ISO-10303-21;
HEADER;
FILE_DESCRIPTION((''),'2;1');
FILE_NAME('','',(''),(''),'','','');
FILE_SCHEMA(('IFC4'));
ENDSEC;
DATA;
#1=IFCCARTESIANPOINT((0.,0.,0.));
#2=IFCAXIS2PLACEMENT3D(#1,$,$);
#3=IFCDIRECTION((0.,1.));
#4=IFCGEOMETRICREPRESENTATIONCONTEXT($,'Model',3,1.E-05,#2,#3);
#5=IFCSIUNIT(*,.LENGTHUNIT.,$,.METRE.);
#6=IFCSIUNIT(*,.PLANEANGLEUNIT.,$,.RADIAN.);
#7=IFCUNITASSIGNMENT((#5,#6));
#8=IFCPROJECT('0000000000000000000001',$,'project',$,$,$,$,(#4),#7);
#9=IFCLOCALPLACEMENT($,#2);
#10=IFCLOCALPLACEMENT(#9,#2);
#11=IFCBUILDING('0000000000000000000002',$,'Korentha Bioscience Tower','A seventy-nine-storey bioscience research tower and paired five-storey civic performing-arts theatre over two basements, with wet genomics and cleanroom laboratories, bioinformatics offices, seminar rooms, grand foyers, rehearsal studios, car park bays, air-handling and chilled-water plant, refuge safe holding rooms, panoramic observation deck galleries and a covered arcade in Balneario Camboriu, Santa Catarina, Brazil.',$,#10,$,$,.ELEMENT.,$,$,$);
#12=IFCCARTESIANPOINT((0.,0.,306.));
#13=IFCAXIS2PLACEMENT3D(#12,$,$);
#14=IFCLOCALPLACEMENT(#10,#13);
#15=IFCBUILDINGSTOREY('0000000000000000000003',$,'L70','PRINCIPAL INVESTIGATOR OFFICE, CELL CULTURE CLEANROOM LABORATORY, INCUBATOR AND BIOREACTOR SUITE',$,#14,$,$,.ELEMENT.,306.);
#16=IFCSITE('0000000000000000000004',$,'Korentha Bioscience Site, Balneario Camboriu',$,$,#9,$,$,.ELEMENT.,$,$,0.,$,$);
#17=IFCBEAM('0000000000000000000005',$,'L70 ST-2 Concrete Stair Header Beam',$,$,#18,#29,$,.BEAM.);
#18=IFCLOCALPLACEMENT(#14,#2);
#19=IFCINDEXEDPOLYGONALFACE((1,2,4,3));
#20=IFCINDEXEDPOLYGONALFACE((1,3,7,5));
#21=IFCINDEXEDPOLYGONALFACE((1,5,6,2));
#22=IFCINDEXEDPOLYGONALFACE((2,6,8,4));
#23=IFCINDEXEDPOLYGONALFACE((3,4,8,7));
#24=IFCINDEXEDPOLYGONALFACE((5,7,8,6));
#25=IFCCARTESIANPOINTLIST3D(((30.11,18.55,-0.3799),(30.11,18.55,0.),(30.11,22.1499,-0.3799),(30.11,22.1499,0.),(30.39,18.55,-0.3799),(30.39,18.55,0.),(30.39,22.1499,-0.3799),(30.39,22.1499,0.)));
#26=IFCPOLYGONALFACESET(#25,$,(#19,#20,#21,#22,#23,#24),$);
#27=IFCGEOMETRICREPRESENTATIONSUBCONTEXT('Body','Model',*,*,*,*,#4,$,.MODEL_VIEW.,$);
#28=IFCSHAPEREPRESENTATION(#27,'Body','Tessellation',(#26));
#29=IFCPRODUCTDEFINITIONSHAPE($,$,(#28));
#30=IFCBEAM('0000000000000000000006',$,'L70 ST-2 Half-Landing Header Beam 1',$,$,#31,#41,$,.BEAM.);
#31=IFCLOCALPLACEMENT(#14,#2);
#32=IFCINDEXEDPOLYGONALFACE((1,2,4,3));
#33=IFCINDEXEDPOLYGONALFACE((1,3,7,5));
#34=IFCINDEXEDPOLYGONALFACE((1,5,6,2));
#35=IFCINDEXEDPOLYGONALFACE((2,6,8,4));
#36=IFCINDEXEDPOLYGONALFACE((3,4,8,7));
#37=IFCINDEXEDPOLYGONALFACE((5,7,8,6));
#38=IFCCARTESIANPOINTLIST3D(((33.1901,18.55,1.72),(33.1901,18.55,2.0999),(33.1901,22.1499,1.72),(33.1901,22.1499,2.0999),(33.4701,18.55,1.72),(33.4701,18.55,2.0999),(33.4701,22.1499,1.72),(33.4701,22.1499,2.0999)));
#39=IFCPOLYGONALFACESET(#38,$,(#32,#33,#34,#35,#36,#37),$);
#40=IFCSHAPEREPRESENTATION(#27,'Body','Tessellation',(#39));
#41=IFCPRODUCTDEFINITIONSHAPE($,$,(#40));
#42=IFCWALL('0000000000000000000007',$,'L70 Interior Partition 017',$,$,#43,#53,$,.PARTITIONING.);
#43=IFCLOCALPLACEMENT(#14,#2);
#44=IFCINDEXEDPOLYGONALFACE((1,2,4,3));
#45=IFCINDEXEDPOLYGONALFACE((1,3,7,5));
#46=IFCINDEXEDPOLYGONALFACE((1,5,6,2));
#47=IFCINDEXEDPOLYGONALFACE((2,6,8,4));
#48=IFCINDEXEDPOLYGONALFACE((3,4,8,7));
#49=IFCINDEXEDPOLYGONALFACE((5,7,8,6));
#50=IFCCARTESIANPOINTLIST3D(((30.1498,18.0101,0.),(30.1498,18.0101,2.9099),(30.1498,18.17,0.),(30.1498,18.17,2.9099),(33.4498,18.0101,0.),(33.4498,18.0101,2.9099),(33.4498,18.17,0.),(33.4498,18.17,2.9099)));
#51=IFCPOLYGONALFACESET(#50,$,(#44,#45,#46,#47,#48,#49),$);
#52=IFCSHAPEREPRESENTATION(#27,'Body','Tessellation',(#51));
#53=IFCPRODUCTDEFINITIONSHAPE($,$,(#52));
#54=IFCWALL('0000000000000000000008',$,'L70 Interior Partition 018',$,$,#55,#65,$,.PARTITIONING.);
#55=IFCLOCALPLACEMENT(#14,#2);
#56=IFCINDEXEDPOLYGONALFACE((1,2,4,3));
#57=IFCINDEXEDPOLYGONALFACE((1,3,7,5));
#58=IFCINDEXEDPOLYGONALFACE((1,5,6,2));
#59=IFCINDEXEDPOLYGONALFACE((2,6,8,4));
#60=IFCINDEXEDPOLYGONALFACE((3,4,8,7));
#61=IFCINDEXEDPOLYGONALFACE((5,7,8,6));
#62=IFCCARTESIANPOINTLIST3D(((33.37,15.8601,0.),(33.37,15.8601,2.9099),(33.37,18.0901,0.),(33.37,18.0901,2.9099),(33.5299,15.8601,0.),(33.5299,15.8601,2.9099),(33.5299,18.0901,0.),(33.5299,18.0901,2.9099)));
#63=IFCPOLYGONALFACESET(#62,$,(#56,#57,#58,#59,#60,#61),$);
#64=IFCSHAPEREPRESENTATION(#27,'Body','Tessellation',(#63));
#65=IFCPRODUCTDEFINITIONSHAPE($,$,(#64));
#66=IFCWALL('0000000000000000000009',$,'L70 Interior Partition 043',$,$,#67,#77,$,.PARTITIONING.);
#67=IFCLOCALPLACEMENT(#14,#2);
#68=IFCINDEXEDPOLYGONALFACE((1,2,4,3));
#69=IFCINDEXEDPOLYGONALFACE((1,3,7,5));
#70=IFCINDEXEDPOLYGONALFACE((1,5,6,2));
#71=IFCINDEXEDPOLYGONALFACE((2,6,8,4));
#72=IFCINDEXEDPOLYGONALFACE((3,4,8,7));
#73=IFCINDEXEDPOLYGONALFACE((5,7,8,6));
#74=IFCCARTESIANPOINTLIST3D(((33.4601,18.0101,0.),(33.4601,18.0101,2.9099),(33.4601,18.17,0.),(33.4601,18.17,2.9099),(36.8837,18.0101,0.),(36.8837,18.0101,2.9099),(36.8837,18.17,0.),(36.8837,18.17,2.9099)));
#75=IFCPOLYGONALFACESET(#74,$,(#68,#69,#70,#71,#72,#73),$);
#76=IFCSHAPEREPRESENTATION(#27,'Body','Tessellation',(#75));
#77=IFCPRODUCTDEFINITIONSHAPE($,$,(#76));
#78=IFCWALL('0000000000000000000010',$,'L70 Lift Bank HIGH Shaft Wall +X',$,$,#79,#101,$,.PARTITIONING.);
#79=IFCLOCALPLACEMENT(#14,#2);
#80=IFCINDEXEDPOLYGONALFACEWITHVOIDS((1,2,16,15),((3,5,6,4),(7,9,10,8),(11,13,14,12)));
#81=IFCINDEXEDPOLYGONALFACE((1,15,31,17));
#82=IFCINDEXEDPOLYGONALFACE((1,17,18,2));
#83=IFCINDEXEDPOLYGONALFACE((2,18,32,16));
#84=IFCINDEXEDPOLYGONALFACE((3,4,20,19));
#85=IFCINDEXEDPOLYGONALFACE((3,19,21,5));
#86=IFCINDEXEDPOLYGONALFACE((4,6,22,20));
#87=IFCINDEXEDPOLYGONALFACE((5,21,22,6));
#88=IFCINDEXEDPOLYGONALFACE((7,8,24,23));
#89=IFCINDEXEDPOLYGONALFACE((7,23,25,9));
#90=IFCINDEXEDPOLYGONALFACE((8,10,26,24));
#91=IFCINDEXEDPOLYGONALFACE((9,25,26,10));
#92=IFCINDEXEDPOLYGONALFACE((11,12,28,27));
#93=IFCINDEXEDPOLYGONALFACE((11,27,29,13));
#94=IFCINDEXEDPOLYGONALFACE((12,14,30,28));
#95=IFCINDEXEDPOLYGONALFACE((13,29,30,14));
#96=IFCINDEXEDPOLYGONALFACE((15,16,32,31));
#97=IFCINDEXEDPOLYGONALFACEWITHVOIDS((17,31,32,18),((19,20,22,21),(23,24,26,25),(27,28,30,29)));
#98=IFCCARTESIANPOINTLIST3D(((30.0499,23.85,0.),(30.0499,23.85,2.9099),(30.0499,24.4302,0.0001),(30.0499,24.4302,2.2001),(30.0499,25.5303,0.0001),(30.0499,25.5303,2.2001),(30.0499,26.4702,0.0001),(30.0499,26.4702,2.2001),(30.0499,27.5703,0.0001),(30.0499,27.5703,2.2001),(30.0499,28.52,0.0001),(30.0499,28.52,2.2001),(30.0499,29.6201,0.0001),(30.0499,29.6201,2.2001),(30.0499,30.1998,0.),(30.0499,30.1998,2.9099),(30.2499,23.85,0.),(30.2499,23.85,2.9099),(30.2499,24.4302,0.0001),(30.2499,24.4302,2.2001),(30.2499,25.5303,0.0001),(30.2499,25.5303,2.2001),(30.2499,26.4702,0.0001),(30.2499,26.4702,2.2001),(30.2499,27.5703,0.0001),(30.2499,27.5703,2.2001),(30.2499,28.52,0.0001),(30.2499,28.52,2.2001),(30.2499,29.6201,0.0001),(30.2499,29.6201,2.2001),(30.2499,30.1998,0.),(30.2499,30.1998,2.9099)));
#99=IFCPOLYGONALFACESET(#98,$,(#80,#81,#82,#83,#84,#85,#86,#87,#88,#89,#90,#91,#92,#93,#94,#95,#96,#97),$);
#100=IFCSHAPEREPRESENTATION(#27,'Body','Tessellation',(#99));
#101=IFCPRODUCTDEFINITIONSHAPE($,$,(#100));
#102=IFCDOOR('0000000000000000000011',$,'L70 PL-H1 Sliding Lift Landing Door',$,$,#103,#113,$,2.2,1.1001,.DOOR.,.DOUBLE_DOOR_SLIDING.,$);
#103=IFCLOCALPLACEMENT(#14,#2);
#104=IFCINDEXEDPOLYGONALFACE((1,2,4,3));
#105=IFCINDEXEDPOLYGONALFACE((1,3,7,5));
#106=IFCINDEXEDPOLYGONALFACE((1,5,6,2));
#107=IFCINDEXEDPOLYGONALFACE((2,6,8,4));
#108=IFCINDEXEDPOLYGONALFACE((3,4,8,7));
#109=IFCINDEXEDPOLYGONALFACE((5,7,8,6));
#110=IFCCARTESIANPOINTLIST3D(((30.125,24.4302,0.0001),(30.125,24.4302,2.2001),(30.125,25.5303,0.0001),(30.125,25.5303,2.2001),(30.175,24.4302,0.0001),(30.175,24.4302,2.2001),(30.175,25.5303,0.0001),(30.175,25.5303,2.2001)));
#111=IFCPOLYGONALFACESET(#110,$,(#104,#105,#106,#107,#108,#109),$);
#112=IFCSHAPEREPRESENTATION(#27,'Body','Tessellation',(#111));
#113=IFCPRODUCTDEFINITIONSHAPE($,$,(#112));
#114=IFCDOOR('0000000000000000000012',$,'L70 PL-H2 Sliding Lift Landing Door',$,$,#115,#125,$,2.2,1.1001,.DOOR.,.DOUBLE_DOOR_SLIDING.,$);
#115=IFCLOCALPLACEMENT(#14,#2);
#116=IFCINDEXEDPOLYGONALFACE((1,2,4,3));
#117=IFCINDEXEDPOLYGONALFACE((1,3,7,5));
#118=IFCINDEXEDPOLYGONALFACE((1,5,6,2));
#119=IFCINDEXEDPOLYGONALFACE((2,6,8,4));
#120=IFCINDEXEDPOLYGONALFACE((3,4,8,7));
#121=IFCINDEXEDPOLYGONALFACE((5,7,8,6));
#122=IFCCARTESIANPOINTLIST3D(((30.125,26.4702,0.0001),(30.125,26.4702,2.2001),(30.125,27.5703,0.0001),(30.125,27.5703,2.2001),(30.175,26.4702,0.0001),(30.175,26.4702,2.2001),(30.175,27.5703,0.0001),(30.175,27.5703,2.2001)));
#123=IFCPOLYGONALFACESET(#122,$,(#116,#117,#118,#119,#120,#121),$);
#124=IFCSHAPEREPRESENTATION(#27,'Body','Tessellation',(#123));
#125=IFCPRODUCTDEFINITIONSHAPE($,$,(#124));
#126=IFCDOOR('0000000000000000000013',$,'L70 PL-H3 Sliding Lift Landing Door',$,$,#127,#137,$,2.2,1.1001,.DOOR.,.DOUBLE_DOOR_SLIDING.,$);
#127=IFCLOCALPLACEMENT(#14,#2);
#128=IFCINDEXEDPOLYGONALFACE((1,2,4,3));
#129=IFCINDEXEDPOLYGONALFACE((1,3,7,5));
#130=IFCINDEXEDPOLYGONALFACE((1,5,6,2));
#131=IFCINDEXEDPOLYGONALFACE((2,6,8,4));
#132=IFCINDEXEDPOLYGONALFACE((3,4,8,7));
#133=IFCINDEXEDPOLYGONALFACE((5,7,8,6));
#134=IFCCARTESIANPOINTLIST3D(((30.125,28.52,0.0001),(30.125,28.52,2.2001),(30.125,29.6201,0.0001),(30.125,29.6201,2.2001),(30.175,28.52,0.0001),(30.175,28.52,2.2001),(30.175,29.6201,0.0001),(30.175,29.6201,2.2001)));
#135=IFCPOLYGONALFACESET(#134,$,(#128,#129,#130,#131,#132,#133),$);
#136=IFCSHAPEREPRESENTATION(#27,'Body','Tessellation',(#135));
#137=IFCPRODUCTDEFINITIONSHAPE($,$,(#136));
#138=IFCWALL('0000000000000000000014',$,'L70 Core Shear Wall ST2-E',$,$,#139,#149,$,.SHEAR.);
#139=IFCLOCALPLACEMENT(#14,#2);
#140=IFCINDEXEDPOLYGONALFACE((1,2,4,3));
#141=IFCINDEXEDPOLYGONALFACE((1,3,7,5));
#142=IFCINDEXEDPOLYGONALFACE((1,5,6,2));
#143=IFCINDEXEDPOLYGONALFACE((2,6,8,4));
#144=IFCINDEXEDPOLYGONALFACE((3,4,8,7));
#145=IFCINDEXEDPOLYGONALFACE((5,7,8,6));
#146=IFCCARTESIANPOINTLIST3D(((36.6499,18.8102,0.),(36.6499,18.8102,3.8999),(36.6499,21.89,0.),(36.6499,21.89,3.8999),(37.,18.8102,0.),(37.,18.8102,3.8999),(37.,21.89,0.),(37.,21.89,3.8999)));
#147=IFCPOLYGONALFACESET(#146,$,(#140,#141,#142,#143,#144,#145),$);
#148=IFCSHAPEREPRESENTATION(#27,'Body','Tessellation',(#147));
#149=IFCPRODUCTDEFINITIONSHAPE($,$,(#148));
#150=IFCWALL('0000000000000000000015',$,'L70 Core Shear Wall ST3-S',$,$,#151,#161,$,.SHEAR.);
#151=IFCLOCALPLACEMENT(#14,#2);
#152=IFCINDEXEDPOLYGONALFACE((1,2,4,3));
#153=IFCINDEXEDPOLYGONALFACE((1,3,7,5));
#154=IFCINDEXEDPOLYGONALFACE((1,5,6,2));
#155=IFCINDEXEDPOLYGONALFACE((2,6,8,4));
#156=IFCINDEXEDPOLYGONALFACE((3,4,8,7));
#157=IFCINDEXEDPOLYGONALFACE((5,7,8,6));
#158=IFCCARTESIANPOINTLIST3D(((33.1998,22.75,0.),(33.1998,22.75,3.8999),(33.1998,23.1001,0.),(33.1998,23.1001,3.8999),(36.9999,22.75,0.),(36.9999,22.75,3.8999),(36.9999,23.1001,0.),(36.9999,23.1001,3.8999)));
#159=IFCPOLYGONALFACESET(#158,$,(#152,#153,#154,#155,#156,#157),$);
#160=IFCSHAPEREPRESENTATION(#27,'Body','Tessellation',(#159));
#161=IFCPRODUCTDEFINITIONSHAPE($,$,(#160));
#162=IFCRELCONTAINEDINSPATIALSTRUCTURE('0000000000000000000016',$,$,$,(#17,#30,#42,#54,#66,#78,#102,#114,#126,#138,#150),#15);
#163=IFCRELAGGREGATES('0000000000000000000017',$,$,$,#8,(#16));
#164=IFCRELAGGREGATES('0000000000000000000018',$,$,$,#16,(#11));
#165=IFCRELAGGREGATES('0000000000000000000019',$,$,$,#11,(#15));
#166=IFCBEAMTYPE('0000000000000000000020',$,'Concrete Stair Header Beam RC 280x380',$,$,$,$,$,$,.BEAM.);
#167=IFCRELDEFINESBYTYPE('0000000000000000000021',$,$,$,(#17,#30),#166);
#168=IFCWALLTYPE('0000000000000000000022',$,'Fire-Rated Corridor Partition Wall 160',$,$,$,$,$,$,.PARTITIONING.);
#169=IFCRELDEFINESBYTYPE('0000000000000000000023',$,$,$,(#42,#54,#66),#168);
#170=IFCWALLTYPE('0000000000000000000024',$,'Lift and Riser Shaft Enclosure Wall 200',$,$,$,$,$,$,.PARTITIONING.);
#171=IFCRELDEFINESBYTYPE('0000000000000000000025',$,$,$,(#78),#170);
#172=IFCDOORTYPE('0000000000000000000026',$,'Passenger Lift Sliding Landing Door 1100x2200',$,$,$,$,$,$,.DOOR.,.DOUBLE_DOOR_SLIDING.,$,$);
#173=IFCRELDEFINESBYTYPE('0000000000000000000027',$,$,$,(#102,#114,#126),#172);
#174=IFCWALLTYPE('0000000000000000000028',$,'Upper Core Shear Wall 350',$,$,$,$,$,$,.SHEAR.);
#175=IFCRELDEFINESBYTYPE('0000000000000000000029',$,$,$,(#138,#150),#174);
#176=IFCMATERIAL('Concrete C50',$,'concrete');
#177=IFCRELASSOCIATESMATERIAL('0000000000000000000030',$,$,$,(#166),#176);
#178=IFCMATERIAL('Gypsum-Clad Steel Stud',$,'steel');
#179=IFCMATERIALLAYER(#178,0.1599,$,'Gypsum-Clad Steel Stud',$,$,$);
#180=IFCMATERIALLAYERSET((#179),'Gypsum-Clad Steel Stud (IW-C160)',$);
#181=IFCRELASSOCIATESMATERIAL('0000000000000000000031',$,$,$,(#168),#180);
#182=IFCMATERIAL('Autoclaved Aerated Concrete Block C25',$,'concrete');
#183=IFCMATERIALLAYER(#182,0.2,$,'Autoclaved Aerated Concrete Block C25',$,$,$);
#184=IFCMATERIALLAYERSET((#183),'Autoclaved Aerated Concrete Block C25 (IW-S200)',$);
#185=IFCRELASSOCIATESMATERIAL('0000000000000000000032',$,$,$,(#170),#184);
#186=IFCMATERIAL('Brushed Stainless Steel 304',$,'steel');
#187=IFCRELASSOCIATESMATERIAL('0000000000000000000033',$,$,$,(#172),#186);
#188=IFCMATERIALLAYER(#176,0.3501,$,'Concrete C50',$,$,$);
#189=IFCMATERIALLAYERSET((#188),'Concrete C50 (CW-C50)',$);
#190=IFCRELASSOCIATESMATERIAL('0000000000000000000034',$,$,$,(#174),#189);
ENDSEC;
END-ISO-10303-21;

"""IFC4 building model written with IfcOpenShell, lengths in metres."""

from ifc_helpers import new_model, si_unit, direction, frame, frame_2d, origin, origin_2d, place, context, subcontext, project, spatial, rectangle, extrude, material, layer, layer_set, material_profile, profile_set, type_object, element, fill, save


model = new_model("IFC4")

# Units and contexts
model_context = context("Model", 3, precision=1e-05, world=origin(), true_north=direction((0.0, 1.0)))
body_context = subcontext(model_context, "Body", "Model", "MODEL_VIEW")
ifc_project = project(units=[si_unit("LENGTHUNIT", "METRE"), si_unit("PLANEANGLEUNIT", "RADIAN")], contexts=[model_context])

# Site, building, storey
site_placement = place(None, origin())
site = spatial("IfcSite", under=ifc_project, at=site_placement, Name="Korentha Bioscience Site, Balneario Camboriu", CompositionType="ELEMENT", RefElevation=0.0)
building_placement = place(site_placement, origin())
building = spatial("IfcBuilding", under=site, at=building_placement, Name="Korentha Bioscience Tower", Description="A seventy-nine-storey bioscience research tower and paired five-storey civic performing-arts theatre over two basements, with wet genomics and cleanroom laboratories, bioinformatics offices, seminar rooms, grand foyers, rehearsal studios, car park bays, air-handling and chilled-water plant, refuge safe holding rooms, panoramic observation deck galleries and a covered arcade in Balneario Camboriu, Santa Catarina, Brazil.", CompositionType="ELEMENT")
storey_placement = place(building_placement, frame((0.0, 0.0, 306.0)))
storey = spatial("IfcBuildingStorey", under=building, at=storey_placement, Name="L70", Description="PRINCIPAL INVESTIGATOR OFFICE, CELL CULTURE CLEANROOM LABORATORY, INCUBATOR AND BIOREACTOR SUITE", CompositionType="ELEMENT", Elevation=306.0)

# Beams
ifc_material_1 = material(Name="Concrete C50", Category="concrete")
ifc_material_profile = material_profile(ifc_material_1, rectangle(XDim=0.28, YDim=0.3799, at=origin_2d()), Name="Concrete C50")
ifc_profile_set = profile_set([ifc_material_profile], Name="Concrete C50 (ST-HB380)")
beam_type = type_object("IfcBeamType", Name="Concrete Stair Header Beam RC 280x380", PredefinedType="BEAM", material=ifc_profile_set)
for number, where, z_axis, x_axis, name in (
    (1, (30.25, 18.55, -0.1899), (0.0, 1.0, 0.0), (-1.0, 0.0, 0.0), "L70 ST-2 Concrete Stair Header Beam"),
    (2, (33.3301, 18.55, 1.9099), (0.0, 1.0, 0.0), (-1.0, 0.0, 0.0), "L70 ST-2 Half-Landing Header Beam 1"),
):
    element("IfcBeam", number, at=place(storey_placement, frame(where, z_axis=z_axis, x_axis=x_axis)), inside=storey, type_object=beam_type, Name=name, PredefinedType="BEAM", context=body_context, shape_type="SweptSolid", body=[
        extrude(rectangle(XDim=0.28, YDim=0.3799, at=origin_2d()), origin(), (0.0, 0.0, 1.0), 3.5999),
    ])

# Walls
ifc_material_2 = material(Name="Gypsum-Clad Steel Stud", Category="steel")
ifc_layer_1 = layer(ifc_material_2, 0.1599, Name="Gypsum-Clad Steel Stud")
ifc_layer_set_1 = layer_set([ifc_layer_1], Name="Gypsum-Clad Steel Stud (IW-C160)")
wall_type_1 = type_object("IfcWallType", Name="Fire-Rated Corridor Partition Wall 160", PredefinedType="PARTITIONING", material=ifc_layer_set_1)
wall_1_placement = place(storey_placement, frame((30.1499, 18.0901, 0.0), z_axis=(0.0, 0.0, 1.0), x_axis=(1.0, 0.0, 0.0)))
element("IfcWall", 3, at=wall_1_placement, inside=storey, type_object=wall_type_1, Name="L70 Interior Partition 017", PredefinedType="PARTITIONING", context=body_context, shape_type="SweptSolid", body=[
    extrude(rectangle(XDim=3.3, YDim=0.1599, at=frame_2d((1.6499, 0.0))), origin(), (0.0, 0.0, 1.0), 2.9099),
])
wall_2_placement = place(storey_placement, frame((33.45, 18.0901, 0.0), z_axis=(0.0, 0.0, 1.0), x_axis=(0.0, -1.0, 0.0)))
element("IfcWall", 4, at=wall_2_placement, inside=storey, type_object=wall_type_1, Name="L70 Interior Partition 018", PredefinedType="PARTITIONING", context=body_context, shape_type="SweptSolid", body=[
    extrude(rectangle(XDim=2.23, YDim=0.1599, at=frame_2d((1.115, 0.0))), origin(), (0.0, 0.0, 1.0), 2.9099),
])
wall_3_placement = place(storey_placement, frame((33.46, 18.0901, 0.0), z_axis=(0.0, 0.0, 1.0), x_axis=(1.0, 0.0, 0.0)))
element("IfcWall", 5, at=wall_3_placement, inside=storey, type_object=wall_type_1, Name="L70 Interior Partition 043", PredefinedType="PARTITIONING", context=body_context, shape_type="SweptSolid", body=[
    extrude(rectangle(XDim=3.4236, YDim=0.1599, at=frame_2d((1.7119, 0.0))), origin(), (0.0, 0.0, 1.0), 2.9099),
])

# Wall, openings, doors
ifc_material_3 = material(Name="Autoclaved Aerated Concrete Block C25", Category="concrete")
ifc_layer_2 = layer(ifc_material_3, 0.2, Name="Autoclaved Aerated Concrete Block C25")
ifc_layer_set_2 = layer_set([ifc_layer_2], Name="Autoclaved Aerated Concrete Block C25 (IW-S200)")
wall_type_2 = type_object("IfcWallType", Name="Lift and Riser Shaft Enclosure Wall 200", PredefinedType="PARTITIONING", material=ifc_layer_set_2)
wall_4_placement = place(storey_placement, frame((30.1499, 23.8501, 0.0), z_axis=(0.0, 0.0, 1.0), x_axis=(0.0, 1.0, 0.0)))
wall_4 = element("IfcWall", 6, at=wall_4_placement, inside=storey, type_object=wall_type_2, Name="L70 Lift Bank HIGH Shaft Wall +X", PredefinedType="PARTITIONING", context=body_context, shape_type="SweptSolid", body=[
    extrude(rectangle(XDim=6.3499, YDim=0.2, at=frame_2d((3.1748, 0.0))), origin(), (0.0, 0.0, 1.0), 2.9099),
])
opening_1_placement = place(wall_4_placement, frame((0.5801, 0.0, 0.0)))
opening_1 = element("IfcOpeningElement", 7, at=opening_1_placement, cuts=wall_4, PredefinedType="OPENING", context=body_context, shape_type="SweptSolid", body=[
    extrude(rectangle(XDim=1.1001, YDim=2.2, at=frame_2d((0.55, 1.1001))), frame((0.0, 0.1147, 0.0), z_axis=(0.0, -1.0, 0.0), x_axis=(1.0, 0.0, 0.0)), (0.0, 0.0, 1.0), 0.2297),
])
opening_2_placement = place(wall_4_placement, frame((2.6201, 0.0, 0.0)))
opening_2 = element("IfcOpeningElement", 8, at=opening_2_placement, cuts=wall_4, PredefinedType="OPENING", context=body_context, shape_type="SweptSolid", body=[
    extrude(rectangle(XDim=1.1001, YDim=2.2, at=frame_2d((0.55, 1.1001))), frame((0.0, 0.1147, 0.0), z_axis=(0.0, -1.0, 0.0), x_axis=(1.0, 0.0, 0.0)), (0.0, 0.0, 1.0), 0.2297),
])
opening_3_placement = place(wall_4_placement, frame((4.6699, 0.0, 0.0)))
opening_3 = element("IfcOpeningElement", 9, at=opening_3_placement, cuts=wall_4, PredefinedType="OPENING", context=body_context, shape_type="SweptSolid", body=[
    extrude(rectangle(XDim=1.1001, YDim=2.2, at=frame_2d((0.55, 1.1001))), frame((0.0, 0.1147, 0.0), z_axis=(0.0, -1.0, 0.0), x_axis=(1.0, 0.0, 0.0)), (0.0, 0.0, 1.0), 0.2297),
])
ifc_material_4 = material(Name="Brushed Stainless Steel 304", Category="steel")
door_type_1 = type_object("IfcDoorType", Name="Passenger Lift Sliding Landing Door 1100x2200", OperationType="DOUBLE_DOOR_SLIDING", PredefinedType="DOOR", material=ifc_material_4)
door_1_placement = place(opening_1_placement, origin())
door_1 = element("IfcDoor", 10, at=door_1_placement, inside=storey, type_object=door_type_1, Name="L70 PL-H1 Sliding Lift Landing Door", OperationType="DOUBLE_DOOR_SLIDING", OverallHeight=2.2, OverallWidth=1.1001, PredefinedType="DOOR", context=body_context, shape_type="SweptSolid", body=[
    extrude(rectangle(XDim=1.1001, YDim=2.2, at=frame_2d((0.55, 1.1001))), frame((0.0, 0.0249, 0.0), z_axis=(0.0, -1.0, 0.0), x_axis=(1.0, 0.0, 0.0)), (0.0, 0.0, 1.0), 0.05),
])
fill(opening_1, door_1)
door_2_placement = place(opening_2_placement, origin())
door_2 = element("IfcDoor", 11, at=door_2_placement, inside=storey, type_object=door_type_1, Name="L70 PL-H2 Sliding Lift Landing Door", OperationType="DOUBLE_DOOR_SLIDING", OverallHeight=2.2, OverallWidth=1.1001, PredefinedType="DOOR", context=body_context, shape_type="SweptSolid", body=[
    extrude(rectangle(XDim=1.1001, YDim=2.2, at=frame_2d((0.55, 1.1001))), frame((0.0, 0.0249, 0.0), z_axis=(0.0, -1.0, 0.0), x_axis=(1.0, 0.0, 0.0)), (0.0, 0.0, 1.0), 0.05),
])
fill(opening_2, door_2)
door_3_placement = place(opening_3_placement, origin())
door_3 = element("IfcDoor", 12, at=door_3_placement, inside=storey, type_object=door_type_1, Name="L70 PL-H3 Sliding Lift Landing Door", OperationType="DOUBLE_DOOR_SLIDING", OverallHeight=2.2, OverallWidth=1.1001, PredefinedType="DOOR", context=body_context, shape_type="SweptSolid", body=[
    extrude(rectangle(XDim=1.1001, YDim=2.2, at=frame_2d((0.55, 1.1001))), frame((0.0, 0.0249, 0.0), z_axis=(0.0, -1.0, 0.0), x_axis=(1.0, 0.0, 0.0)), (0.0, 0.0, 1.0), 0.05),
])
fill(opening_3, door_3)

# Walls
ifc_layer_3 = layer(ifc_material_1, 0.3501, Name="Concrete C50")
ifc_layer_set_3 = layer_set([ifc_layer_3], Name="Concrete C50 (CW-C50)")
wall_type_3 = type_object("IfcWallType", Name="Upper Core Shear Wall 350", PredefinedType="SHEAR", material=ifc_layer_set_3)
wall_5_placement = place(storey_placement, frame((36.825, 18.8101, 0.0), z_axis=(0.0, 0.0, 1.0), x_axis=(0.0, 1.0, 0.0)))
element("IfcWall", 13, at=wall_5_placement, inside=storey, type_object=wall_type_3, Name="L70 Core Shear Wall ST2-E", PredefinedType="SHEAR", context=body_context, shape_type="SweptSolid", body=[
    extrude(rectangle(XDim=3.0798, YDim=0.3501, at=frame_2d((1.54, 0.0))), origin(), (0.0, 0.0, 1.0), 3.8999),
])
wall_6_placement = place(storey_placement, frame((33.2, 22.925, 0.0), z_axis=(0.0, 0.0, 1.0), x_axis=(1.0, 0.0, 0.0)))
element("IfcWall", 14, at=wall_6_placement, inside=storey, type_object=wall_type_3, Name="L70 Core Shear Wall ST3-S", PredefinedType="SHEAR", context=body_context, shape_type="SweptSolid", body=[
    extrude(rectangle(XDim=3.8, YDim=0.3501, at=frame_2d((1.8999, 0.0))), origin(), (0.0, 0.0, 1.0), 3.8999),
])

save(model, "model.ifc")
